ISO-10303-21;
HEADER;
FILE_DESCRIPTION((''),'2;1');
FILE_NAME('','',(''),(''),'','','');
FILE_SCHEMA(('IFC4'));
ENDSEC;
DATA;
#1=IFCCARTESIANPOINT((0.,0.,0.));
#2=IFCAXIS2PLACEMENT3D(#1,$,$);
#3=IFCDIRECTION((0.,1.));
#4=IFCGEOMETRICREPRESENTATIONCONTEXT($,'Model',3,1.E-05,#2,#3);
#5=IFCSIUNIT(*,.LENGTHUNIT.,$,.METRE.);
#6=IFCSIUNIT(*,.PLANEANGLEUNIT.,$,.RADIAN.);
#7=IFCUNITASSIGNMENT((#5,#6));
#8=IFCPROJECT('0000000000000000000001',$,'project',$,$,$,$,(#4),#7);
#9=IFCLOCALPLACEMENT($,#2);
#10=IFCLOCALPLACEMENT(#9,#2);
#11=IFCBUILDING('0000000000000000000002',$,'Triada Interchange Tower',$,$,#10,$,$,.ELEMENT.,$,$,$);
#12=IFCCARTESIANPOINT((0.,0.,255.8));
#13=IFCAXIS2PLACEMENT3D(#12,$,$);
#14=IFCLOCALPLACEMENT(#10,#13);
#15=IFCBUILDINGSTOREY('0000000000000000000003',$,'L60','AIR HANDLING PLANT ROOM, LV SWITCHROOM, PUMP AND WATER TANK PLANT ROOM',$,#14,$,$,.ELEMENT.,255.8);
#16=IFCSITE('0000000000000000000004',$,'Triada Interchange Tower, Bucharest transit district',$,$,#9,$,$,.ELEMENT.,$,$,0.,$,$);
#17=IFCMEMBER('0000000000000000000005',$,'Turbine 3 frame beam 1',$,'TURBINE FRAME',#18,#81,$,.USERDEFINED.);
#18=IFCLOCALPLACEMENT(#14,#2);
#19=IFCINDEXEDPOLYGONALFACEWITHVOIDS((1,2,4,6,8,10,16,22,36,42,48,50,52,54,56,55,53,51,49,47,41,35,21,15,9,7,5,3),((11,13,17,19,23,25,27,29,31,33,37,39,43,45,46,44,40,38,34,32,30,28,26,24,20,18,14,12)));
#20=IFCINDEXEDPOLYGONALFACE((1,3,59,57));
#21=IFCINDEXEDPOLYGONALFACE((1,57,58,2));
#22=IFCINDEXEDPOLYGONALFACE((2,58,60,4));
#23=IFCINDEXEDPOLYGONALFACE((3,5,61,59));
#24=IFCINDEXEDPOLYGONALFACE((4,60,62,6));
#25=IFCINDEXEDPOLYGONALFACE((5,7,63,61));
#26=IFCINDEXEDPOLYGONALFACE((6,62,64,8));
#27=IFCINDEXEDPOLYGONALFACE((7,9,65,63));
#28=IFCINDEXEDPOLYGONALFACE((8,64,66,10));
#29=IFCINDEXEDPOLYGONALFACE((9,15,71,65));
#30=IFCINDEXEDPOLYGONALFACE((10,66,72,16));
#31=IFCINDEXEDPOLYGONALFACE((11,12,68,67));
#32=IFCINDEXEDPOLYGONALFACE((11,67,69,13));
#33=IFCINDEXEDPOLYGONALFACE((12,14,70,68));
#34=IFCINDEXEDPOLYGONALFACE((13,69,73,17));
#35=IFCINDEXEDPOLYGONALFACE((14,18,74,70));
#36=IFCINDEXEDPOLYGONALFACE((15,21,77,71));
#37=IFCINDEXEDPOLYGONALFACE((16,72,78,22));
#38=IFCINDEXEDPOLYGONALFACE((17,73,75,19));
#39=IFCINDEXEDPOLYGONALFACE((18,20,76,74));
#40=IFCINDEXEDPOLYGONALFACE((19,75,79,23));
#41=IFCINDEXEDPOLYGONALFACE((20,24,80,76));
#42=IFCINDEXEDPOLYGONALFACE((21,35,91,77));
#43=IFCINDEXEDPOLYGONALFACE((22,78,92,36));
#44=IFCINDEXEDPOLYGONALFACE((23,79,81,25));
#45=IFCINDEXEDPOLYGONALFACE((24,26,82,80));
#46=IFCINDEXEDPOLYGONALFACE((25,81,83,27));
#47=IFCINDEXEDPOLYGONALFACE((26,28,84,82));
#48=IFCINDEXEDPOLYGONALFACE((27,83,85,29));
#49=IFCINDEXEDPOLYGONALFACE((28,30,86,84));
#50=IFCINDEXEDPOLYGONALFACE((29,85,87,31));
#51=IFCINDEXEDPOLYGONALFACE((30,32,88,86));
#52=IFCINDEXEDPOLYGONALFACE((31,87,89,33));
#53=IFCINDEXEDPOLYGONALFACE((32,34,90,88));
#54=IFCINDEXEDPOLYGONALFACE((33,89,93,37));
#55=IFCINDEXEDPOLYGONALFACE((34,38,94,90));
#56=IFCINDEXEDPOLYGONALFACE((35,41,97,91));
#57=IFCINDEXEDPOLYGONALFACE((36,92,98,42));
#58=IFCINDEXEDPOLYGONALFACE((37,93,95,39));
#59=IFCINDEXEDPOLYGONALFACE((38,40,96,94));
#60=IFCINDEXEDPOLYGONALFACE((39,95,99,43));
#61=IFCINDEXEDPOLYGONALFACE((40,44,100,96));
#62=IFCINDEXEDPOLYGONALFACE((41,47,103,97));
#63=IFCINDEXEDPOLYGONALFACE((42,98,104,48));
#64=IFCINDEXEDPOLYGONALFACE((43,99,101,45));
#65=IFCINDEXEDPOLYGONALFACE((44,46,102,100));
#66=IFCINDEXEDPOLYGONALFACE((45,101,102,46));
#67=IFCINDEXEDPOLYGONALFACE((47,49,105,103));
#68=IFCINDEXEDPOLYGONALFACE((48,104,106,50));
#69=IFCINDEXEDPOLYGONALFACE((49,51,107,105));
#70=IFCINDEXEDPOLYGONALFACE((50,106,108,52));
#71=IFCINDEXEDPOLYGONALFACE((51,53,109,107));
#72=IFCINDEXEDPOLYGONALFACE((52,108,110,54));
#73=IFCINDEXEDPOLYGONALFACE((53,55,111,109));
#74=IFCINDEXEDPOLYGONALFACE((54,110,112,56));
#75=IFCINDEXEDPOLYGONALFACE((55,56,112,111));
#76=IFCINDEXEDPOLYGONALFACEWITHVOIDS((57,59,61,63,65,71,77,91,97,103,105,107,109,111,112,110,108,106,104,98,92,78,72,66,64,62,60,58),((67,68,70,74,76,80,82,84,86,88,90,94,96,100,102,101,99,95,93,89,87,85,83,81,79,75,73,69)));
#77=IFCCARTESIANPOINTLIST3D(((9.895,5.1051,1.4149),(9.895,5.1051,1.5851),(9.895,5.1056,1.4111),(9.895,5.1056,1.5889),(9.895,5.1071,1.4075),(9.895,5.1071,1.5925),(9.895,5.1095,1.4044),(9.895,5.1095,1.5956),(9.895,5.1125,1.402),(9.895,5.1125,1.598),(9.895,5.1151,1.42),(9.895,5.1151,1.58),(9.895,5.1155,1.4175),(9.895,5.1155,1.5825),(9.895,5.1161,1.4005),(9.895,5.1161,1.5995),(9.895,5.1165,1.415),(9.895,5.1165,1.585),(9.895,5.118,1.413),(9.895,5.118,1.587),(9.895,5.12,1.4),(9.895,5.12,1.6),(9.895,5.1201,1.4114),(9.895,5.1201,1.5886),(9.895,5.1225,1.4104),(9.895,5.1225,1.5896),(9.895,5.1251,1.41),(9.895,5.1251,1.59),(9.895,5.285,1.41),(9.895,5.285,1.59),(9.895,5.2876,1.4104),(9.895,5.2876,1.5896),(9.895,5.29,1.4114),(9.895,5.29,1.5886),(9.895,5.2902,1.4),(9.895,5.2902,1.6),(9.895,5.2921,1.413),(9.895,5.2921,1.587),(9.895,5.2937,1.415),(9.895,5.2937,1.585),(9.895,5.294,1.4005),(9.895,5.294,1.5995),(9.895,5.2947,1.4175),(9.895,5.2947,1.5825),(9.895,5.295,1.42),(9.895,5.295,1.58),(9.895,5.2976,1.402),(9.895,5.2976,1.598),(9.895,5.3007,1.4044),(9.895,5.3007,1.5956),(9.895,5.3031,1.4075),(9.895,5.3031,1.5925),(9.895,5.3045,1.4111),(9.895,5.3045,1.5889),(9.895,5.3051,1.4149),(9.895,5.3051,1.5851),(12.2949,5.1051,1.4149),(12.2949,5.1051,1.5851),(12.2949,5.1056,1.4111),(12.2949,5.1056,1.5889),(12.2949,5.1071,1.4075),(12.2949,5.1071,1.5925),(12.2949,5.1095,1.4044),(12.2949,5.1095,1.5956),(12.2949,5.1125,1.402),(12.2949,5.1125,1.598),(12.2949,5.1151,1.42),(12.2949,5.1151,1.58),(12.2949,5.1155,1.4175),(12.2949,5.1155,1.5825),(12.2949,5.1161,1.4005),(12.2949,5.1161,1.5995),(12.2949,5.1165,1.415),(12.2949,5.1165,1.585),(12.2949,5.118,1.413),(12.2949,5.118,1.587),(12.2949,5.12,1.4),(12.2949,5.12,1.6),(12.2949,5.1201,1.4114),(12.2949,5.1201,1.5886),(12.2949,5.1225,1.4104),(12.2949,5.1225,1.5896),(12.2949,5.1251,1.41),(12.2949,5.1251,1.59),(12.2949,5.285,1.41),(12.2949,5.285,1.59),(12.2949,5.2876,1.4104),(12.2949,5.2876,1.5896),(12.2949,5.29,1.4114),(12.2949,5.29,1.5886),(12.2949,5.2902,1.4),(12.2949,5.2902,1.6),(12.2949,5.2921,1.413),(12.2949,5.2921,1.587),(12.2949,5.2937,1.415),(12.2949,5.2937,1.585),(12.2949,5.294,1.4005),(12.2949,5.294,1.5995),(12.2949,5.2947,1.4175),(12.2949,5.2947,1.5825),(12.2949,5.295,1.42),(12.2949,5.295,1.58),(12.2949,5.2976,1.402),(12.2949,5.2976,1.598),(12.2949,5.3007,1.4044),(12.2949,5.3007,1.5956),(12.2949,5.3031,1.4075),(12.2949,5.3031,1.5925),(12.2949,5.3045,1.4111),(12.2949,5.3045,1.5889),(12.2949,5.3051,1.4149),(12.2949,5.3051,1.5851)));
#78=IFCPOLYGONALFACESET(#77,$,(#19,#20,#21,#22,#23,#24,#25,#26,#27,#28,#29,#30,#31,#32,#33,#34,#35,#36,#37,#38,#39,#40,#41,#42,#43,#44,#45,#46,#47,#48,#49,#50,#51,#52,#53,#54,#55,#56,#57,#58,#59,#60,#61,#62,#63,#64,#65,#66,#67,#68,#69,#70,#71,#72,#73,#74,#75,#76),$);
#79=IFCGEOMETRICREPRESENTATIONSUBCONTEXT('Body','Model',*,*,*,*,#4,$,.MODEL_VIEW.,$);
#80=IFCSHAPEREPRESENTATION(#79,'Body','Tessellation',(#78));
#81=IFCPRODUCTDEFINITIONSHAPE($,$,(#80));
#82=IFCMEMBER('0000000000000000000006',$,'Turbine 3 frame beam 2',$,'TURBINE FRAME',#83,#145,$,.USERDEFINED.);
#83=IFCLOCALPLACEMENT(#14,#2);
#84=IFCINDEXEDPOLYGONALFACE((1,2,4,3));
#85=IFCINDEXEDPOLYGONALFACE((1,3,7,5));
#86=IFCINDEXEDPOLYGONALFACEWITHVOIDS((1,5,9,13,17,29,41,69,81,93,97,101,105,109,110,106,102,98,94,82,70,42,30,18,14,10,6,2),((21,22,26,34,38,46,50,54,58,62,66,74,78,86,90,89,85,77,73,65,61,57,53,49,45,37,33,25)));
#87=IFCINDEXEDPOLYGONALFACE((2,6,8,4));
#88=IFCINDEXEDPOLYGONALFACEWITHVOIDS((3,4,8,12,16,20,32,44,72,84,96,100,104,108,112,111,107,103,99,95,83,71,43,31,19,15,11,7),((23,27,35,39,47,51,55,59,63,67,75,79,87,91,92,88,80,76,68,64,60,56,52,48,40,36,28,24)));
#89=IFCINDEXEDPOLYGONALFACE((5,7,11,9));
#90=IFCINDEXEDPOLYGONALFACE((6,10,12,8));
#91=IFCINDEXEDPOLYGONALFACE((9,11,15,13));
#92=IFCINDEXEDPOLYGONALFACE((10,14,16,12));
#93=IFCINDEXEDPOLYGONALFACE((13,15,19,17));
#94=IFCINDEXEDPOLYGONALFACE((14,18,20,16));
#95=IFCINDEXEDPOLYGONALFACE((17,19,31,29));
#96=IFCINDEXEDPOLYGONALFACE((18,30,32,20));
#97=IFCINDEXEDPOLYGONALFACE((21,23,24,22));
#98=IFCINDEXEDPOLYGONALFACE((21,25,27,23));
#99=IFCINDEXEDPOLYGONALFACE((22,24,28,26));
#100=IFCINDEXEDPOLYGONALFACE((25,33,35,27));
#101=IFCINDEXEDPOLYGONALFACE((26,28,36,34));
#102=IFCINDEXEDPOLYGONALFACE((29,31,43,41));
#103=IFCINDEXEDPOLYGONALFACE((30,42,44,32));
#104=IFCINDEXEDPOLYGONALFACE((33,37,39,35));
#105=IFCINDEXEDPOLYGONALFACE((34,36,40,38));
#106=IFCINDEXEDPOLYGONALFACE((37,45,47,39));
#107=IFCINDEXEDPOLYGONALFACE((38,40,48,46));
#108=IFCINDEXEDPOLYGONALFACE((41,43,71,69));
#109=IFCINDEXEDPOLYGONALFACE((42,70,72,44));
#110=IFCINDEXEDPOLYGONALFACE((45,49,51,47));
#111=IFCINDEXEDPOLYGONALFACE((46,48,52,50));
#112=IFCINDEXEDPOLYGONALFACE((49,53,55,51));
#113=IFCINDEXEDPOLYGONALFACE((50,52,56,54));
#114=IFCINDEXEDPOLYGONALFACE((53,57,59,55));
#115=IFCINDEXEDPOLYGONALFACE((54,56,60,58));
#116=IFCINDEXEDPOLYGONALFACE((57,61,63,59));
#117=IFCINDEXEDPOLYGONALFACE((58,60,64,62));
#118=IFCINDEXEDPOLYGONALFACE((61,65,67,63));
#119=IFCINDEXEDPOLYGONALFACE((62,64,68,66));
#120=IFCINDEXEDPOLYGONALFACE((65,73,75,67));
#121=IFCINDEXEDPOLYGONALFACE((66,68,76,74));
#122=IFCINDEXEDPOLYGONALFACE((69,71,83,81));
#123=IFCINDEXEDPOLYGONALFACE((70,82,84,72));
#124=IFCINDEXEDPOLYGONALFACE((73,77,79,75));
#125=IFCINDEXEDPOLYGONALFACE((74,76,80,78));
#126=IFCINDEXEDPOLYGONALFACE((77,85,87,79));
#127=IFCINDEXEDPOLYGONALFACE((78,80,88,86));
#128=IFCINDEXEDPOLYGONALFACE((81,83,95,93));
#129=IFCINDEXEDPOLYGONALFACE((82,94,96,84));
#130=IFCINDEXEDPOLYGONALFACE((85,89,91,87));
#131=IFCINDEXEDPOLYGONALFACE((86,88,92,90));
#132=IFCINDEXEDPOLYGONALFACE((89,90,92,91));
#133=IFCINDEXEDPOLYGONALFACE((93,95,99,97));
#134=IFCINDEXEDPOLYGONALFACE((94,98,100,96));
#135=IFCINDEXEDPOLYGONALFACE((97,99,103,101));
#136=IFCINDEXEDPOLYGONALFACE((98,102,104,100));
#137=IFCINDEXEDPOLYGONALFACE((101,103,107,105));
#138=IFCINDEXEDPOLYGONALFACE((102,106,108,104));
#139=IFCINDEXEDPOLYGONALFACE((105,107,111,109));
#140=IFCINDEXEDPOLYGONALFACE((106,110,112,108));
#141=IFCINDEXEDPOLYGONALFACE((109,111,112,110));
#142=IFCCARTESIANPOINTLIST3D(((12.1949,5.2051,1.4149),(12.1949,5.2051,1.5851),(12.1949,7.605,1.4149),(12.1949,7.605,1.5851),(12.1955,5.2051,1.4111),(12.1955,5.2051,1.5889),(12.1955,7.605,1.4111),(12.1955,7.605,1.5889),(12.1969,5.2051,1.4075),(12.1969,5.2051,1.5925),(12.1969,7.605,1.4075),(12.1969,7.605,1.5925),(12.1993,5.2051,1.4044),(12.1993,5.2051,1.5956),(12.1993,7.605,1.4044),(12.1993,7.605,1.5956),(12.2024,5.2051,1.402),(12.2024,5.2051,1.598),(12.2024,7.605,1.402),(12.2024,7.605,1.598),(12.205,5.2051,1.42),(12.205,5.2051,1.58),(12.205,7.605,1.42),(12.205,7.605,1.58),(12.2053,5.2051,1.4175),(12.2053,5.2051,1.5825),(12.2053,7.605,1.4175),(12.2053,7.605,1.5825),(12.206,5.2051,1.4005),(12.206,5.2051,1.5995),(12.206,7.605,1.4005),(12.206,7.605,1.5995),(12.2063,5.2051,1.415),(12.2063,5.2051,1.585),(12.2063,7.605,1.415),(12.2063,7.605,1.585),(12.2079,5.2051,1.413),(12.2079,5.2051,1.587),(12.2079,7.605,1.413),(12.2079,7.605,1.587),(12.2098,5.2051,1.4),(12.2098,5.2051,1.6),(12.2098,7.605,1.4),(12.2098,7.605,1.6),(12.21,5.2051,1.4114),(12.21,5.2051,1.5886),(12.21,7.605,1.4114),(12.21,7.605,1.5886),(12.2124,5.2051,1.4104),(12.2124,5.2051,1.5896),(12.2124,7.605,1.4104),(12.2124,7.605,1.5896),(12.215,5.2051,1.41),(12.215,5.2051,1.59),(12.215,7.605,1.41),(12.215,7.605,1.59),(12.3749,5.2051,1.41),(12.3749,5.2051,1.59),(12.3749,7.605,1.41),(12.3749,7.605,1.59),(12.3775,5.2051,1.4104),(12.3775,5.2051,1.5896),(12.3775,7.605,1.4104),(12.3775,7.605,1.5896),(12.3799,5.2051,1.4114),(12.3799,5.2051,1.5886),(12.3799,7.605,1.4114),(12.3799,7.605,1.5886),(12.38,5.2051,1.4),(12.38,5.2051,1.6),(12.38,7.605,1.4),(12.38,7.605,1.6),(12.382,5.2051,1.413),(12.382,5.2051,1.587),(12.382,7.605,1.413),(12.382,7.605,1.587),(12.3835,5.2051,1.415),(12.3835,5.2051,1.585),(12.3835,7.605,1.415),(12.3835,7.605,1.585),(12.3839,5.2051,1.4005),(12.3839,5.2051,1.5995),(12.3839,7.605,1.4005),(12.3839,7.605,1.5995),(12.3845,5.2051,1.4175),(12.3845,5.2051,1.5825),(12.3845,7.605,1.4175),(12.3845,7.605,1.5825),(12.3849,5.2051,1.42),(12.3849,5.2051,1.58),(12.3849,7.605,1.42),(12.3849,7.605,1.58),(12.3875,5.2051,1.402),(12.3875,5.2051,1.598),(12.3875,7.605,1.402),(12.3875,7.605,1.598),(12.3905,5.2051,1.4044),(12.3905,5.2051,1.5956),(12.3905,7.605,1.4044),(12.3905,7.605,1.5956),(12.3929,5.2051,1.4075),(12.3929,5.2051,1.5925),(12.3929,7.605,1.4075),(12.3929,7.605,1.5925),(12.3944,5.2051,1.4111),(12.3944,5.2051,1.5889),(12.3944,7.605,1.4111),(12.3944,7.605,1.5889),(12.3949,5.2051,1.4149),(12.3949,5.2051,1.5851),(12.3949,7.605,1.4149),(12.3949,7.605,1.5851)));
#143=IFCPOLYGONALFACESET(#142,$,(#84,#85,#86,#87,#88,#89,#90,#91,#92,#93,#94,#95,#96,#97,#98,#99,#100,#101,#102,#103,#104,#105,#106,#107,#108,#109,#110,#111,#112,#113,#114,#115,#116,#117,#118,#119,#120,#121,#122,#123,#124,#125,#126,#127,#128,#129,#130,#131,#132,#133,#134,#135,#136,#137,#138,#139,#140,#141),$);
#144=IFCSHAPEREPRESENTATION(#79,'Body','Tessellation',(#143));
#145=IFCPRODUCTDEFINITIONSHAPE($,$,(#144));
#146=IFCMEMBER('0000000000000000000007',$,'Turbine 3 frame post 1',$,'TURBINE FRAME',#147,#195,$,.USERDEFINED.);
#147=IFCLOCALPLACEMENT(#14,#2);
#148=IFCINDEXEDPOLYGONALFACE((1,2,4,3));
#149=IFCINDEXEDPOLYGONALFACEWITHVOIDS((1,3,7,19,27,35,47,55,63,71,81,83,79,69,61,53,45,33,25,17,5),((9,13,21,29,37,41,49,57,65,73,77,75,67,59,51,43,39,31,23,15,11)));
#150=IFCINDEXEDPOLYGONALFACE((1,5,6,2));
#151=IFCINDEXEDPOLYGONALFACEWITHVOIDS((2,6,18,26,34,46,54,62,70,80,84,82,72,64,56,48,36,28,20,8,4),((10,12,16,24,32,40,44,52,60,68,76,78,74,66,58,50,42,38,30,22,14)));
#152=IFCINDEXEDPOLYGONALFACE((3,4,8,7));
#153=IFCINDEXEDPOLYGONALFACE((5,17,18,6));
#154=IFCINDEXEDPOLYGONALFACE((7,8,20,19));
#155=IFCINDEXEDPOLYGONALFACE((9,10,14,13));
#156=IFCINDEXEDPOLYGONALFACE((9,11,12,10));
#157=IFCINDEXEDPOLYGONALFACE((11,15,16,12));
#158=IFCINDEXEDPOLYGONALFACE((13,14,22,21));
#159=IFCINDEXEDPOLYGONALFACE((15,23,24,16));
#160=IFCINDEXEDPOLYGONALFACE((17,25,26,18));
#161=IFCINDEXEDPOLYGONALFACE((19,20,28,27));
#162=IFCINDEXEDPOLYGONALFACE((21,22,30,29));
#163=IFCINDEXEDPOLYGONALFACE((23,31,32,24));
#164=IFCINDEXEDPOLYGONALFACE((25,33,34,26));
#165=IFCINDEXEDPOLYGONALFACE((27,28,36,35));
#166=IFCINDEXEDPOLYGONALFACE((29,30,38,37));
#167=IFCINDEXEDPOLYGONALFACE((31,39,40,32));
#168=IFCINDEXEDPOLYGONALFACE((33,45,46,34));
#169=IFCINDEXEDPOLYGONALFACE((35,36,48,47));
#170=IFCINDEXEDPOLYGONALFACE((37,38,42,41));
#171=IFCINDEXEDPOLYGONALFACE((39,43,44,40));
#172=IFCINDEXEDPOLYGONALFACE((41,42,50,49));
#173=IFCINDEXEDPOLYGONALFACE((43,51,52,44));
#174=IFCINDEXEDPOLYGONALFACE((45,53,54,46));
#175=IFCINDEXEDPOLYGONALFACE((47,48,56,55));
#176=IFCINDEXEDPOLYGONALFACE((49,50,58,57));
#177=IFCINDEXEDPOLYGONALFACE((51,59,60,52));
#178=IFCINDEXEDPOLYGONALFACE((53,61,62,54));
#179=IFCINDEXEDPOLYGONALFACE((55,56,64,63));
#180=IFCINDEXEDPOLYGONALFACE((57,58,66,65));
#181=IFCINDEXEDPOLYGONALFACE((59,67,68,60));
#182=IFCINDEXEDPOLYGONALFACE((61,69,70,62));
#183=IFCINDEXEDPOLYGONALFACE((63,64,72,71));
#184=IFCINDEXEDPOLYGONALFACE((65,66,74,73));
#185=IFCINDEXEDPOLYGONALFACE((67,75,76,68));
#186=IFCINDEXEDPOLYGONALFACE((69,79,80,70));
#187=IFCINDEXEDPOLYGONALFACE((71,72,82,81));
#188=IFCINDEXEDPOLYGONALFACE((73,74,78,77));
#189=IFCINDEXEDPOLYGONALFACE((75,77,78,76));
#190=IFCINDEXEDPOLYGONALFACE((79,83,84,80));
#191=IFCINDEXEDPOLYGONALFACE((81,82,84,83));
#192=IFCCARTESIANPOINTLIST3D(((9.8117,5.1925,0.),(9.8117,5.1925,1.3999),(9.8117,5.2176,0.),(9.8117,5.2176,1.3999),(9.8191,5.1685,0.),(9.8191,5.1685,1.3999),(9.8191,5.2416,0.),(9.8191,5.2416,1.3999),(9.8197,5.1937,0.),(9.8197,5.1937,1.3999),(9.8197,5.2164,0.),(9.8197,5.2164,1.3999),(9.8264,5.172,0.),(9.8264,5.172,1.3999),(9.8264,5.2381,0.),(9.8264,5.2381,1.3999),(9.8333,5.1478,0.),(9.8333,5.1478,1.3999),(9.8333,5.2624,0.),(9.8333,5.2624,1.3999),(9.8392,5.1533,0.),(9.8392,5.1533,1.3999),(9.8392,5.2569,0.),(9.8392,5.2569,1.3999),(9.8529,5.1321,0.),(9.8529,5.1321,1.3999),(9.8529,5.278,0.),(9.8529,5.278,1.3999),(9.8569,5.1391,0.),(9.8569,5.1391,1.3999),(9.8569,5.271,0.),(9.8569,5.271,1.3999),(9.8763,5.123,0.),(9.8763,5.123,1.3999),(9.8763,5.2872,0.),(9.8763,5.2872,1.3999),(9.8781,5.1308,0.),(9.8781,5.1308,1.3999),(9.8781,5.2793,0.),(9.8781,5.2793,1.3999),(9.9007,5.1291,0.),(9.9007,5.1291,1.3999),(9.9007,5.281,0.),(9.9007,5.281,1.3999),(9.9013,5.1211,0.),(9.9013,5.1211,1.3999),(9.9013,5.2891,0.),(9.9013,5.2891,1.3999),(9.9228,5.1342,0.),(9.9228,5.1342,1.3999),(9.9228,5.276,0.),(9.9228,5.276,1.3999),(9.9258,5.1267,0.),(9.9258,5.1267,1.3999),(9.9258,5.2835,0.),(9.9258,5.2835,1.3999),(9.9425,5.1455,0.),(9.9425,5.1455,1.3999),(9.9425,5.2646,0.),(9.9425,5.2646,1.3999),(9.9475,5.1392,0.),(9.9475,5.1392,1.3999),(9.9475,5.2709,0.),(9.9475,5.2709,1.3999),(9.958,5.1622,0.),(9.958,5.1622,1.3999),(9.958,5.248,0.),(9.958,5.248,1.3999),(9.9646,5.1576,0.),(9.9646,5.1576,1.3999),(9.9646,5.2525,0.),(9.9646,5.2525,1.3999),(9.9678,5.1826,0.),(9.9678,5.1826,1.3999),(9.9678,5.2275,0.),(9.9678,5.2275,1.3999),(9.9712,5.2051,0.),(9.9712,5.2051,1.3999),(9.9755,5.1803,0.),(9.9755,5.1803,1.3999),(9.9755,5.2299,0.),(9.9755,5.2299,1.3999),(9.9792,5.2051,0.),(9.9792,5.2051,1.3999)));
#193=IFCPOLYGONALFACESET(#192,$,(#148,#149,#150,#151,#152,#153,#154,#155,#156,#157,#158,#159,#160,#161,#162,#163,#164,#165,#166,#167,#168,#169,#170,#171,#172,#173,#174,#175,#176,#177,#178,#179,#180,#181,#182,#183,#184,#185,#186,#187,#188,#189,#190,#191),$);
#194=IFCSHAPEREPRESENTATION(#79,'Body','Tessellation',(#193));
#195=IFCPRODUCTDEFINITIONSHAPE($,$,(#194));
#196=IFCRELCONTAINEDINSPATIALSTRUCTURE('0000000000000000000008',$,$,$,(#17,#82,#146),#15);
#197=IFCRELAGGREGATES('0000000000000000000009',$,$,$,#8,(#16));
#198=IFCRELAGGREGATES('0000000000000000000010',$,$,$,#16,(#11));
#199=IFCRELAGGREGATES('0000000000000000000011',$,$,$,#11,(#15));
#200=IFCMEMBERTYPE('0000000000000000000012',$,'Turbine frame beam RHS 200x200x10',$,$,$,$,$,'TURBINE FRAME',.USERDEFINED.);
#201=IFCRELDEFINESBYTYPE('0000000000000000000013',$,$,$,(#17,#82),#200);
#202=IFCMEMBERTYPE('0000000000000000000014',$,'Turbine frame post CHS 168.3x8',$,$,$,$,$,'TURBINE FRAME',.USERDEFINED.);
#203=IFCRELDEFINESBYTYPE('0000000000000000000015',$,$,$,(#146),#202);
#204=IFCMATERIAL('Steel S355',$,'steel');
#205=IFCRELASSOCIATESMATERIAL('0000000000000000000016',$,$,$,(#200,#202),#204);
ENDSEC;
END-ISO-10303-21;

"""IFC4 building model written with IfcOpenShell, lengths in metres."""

from ifc_helpers import new_model, si_unit, direction, frame, origin, origin_2d, place, context, subcontext, project, spatial, hollow_rectangle, hollow_circle, extrude, material, material_profile, profile_set, type_object, element, save


model = new_model("IFC4")

# Units and contexts
model_context = context("Model", 3, precision=1e-05, world=origin(), true_north=direction((0.0, 1.0)))
body_context = subcontext(model_context, "Body", "Model", "MODEL_VIEW")
ifc_project = project(units=[si_unit("LENGTHUNIT", "METRE"), si_unit("PLANEANGLEUNIT", "RADIAN")], contexts=[model_context])

# Site, building, storey
site_placement = place(None, origin())
site = spatial("IfcSite", under=ifc_project, at=site_placement, Name="Triada Interchange Tower, Bucharest transit district", CompositionType="ELEMENT", RefElevation=0.0)
building_placement = place(site_placement, origin())
building = spatial("IfcBuilding", under=site, at=building_placement, Name="Triada Interchange Tower", CompositionType="ELEMENT")
storey_placement = place(building_placement, frame((0.0, 0.0, 255.8)))
storey = spatial("IfcBuildingStorey", under=building, at=storey_placement, Name="L60", Description="AIR HANDLING PLANT ROOM, LV SWITCHROOM, PUMP AND WATER TANK PLANT ROOM", CompositionType="ELEMENT", Elevation=255.8)

# Members
ifc_material_1 = material(Name="Steel S355", Category="steel")
ifc_material_profile_1 = material_profile(ifc_material_1, hollow_rectangle(XDim=0.2, YDim=0.2, WallThickness=0.01, InnerFilletRadius=0.01, OuterFilletRadius=0.0149, at=origin_2d()), Name="RHS 200x200x10")
ifc_profile_set_1 = profile_set([ifc_material_profile_1], Name="Steel S355")
member_type_1 = type_object("IfcMemberType", Name="Turbine frame beam RHS 200x200x10", ElementType="TURBINE FRAME", PredefinedType="USERDEFINED", material=ifc_profile_set_1)
for number, where, z_axis, x_axis, name in (
    (1, (9.895, 5.2051, 1.5), (1.0, 0.0, 0.0), (0.0, 1.0, 0.0), "Turbine 3 frame beam 1"),
    (2, (12.2949, 5.2051, 1.5), (0.0, 1.0, 0.0), (-1.0, 0.0, 0.0), "Turbine 3 frame beam 2"),
):
    element("IfcMember", number, at=place(storey_placement, frame(where, z_axis=z_axis, x_axis=x_axis)), inside=storey, type_object=member_type_1, Name=name, ObjectType="TURBINE FRAME", PredefinedType="USERDEFINED", context=body_context, shape_type="SweptSolid", body=[
        extrude(hollow_rectangle(XDim=0.2, YDim=0.2, WallThickness=0.01, InnerFilletRadius=0.01, OuterFilletRadius=0.0149, at=origin_2d()), origin(), (0.0, 0.0, 1.0), 2.3999),
    ])
ifc_material_profile_2 = material_profile(ifc_material_1, hollow_circle(Radius=0.0842, WallThickness=0.0081, at=origin_2d()), Name="CHS 168.3x8")
ifc_profile_set_2 = profile_set([ifc_material_profile_2], Name="Steel S355")
member_type_2 = type_object("IfcMemberType", Name="Turbine frame post CHS 168.3x8", ElementType="TURBINE FRAME", PredefinedType="USERDEFINED", material=ifc_profile_set_2)
for number, where, z_axis, x_axis, name in (
    (3, (9.895, 5.2051, 0.0), (0.0, 0.0, 1.0), (1.0, 0.0, 0.0), "Turbine 3 frame post 1"),
):
    element("IfcMember", number, at=place(storey_placement, frame(where, z_axis=z_axis, x_axis=x_axis)), inside=storey, type_object=member_type_2, Name=name, ObjectType="TURBINE FRAME", PredefinedType="USERDEFINED", context=body_context, shape_type="SweptSolid", body=[
        extrude(hollow_circle(Radius=0.0842, WallThickness=0.0081, at=origin_2d()), origin(), (0.0, 0.0, 1.0), 1.3999),
    ])

save(model, "model.ifc")
